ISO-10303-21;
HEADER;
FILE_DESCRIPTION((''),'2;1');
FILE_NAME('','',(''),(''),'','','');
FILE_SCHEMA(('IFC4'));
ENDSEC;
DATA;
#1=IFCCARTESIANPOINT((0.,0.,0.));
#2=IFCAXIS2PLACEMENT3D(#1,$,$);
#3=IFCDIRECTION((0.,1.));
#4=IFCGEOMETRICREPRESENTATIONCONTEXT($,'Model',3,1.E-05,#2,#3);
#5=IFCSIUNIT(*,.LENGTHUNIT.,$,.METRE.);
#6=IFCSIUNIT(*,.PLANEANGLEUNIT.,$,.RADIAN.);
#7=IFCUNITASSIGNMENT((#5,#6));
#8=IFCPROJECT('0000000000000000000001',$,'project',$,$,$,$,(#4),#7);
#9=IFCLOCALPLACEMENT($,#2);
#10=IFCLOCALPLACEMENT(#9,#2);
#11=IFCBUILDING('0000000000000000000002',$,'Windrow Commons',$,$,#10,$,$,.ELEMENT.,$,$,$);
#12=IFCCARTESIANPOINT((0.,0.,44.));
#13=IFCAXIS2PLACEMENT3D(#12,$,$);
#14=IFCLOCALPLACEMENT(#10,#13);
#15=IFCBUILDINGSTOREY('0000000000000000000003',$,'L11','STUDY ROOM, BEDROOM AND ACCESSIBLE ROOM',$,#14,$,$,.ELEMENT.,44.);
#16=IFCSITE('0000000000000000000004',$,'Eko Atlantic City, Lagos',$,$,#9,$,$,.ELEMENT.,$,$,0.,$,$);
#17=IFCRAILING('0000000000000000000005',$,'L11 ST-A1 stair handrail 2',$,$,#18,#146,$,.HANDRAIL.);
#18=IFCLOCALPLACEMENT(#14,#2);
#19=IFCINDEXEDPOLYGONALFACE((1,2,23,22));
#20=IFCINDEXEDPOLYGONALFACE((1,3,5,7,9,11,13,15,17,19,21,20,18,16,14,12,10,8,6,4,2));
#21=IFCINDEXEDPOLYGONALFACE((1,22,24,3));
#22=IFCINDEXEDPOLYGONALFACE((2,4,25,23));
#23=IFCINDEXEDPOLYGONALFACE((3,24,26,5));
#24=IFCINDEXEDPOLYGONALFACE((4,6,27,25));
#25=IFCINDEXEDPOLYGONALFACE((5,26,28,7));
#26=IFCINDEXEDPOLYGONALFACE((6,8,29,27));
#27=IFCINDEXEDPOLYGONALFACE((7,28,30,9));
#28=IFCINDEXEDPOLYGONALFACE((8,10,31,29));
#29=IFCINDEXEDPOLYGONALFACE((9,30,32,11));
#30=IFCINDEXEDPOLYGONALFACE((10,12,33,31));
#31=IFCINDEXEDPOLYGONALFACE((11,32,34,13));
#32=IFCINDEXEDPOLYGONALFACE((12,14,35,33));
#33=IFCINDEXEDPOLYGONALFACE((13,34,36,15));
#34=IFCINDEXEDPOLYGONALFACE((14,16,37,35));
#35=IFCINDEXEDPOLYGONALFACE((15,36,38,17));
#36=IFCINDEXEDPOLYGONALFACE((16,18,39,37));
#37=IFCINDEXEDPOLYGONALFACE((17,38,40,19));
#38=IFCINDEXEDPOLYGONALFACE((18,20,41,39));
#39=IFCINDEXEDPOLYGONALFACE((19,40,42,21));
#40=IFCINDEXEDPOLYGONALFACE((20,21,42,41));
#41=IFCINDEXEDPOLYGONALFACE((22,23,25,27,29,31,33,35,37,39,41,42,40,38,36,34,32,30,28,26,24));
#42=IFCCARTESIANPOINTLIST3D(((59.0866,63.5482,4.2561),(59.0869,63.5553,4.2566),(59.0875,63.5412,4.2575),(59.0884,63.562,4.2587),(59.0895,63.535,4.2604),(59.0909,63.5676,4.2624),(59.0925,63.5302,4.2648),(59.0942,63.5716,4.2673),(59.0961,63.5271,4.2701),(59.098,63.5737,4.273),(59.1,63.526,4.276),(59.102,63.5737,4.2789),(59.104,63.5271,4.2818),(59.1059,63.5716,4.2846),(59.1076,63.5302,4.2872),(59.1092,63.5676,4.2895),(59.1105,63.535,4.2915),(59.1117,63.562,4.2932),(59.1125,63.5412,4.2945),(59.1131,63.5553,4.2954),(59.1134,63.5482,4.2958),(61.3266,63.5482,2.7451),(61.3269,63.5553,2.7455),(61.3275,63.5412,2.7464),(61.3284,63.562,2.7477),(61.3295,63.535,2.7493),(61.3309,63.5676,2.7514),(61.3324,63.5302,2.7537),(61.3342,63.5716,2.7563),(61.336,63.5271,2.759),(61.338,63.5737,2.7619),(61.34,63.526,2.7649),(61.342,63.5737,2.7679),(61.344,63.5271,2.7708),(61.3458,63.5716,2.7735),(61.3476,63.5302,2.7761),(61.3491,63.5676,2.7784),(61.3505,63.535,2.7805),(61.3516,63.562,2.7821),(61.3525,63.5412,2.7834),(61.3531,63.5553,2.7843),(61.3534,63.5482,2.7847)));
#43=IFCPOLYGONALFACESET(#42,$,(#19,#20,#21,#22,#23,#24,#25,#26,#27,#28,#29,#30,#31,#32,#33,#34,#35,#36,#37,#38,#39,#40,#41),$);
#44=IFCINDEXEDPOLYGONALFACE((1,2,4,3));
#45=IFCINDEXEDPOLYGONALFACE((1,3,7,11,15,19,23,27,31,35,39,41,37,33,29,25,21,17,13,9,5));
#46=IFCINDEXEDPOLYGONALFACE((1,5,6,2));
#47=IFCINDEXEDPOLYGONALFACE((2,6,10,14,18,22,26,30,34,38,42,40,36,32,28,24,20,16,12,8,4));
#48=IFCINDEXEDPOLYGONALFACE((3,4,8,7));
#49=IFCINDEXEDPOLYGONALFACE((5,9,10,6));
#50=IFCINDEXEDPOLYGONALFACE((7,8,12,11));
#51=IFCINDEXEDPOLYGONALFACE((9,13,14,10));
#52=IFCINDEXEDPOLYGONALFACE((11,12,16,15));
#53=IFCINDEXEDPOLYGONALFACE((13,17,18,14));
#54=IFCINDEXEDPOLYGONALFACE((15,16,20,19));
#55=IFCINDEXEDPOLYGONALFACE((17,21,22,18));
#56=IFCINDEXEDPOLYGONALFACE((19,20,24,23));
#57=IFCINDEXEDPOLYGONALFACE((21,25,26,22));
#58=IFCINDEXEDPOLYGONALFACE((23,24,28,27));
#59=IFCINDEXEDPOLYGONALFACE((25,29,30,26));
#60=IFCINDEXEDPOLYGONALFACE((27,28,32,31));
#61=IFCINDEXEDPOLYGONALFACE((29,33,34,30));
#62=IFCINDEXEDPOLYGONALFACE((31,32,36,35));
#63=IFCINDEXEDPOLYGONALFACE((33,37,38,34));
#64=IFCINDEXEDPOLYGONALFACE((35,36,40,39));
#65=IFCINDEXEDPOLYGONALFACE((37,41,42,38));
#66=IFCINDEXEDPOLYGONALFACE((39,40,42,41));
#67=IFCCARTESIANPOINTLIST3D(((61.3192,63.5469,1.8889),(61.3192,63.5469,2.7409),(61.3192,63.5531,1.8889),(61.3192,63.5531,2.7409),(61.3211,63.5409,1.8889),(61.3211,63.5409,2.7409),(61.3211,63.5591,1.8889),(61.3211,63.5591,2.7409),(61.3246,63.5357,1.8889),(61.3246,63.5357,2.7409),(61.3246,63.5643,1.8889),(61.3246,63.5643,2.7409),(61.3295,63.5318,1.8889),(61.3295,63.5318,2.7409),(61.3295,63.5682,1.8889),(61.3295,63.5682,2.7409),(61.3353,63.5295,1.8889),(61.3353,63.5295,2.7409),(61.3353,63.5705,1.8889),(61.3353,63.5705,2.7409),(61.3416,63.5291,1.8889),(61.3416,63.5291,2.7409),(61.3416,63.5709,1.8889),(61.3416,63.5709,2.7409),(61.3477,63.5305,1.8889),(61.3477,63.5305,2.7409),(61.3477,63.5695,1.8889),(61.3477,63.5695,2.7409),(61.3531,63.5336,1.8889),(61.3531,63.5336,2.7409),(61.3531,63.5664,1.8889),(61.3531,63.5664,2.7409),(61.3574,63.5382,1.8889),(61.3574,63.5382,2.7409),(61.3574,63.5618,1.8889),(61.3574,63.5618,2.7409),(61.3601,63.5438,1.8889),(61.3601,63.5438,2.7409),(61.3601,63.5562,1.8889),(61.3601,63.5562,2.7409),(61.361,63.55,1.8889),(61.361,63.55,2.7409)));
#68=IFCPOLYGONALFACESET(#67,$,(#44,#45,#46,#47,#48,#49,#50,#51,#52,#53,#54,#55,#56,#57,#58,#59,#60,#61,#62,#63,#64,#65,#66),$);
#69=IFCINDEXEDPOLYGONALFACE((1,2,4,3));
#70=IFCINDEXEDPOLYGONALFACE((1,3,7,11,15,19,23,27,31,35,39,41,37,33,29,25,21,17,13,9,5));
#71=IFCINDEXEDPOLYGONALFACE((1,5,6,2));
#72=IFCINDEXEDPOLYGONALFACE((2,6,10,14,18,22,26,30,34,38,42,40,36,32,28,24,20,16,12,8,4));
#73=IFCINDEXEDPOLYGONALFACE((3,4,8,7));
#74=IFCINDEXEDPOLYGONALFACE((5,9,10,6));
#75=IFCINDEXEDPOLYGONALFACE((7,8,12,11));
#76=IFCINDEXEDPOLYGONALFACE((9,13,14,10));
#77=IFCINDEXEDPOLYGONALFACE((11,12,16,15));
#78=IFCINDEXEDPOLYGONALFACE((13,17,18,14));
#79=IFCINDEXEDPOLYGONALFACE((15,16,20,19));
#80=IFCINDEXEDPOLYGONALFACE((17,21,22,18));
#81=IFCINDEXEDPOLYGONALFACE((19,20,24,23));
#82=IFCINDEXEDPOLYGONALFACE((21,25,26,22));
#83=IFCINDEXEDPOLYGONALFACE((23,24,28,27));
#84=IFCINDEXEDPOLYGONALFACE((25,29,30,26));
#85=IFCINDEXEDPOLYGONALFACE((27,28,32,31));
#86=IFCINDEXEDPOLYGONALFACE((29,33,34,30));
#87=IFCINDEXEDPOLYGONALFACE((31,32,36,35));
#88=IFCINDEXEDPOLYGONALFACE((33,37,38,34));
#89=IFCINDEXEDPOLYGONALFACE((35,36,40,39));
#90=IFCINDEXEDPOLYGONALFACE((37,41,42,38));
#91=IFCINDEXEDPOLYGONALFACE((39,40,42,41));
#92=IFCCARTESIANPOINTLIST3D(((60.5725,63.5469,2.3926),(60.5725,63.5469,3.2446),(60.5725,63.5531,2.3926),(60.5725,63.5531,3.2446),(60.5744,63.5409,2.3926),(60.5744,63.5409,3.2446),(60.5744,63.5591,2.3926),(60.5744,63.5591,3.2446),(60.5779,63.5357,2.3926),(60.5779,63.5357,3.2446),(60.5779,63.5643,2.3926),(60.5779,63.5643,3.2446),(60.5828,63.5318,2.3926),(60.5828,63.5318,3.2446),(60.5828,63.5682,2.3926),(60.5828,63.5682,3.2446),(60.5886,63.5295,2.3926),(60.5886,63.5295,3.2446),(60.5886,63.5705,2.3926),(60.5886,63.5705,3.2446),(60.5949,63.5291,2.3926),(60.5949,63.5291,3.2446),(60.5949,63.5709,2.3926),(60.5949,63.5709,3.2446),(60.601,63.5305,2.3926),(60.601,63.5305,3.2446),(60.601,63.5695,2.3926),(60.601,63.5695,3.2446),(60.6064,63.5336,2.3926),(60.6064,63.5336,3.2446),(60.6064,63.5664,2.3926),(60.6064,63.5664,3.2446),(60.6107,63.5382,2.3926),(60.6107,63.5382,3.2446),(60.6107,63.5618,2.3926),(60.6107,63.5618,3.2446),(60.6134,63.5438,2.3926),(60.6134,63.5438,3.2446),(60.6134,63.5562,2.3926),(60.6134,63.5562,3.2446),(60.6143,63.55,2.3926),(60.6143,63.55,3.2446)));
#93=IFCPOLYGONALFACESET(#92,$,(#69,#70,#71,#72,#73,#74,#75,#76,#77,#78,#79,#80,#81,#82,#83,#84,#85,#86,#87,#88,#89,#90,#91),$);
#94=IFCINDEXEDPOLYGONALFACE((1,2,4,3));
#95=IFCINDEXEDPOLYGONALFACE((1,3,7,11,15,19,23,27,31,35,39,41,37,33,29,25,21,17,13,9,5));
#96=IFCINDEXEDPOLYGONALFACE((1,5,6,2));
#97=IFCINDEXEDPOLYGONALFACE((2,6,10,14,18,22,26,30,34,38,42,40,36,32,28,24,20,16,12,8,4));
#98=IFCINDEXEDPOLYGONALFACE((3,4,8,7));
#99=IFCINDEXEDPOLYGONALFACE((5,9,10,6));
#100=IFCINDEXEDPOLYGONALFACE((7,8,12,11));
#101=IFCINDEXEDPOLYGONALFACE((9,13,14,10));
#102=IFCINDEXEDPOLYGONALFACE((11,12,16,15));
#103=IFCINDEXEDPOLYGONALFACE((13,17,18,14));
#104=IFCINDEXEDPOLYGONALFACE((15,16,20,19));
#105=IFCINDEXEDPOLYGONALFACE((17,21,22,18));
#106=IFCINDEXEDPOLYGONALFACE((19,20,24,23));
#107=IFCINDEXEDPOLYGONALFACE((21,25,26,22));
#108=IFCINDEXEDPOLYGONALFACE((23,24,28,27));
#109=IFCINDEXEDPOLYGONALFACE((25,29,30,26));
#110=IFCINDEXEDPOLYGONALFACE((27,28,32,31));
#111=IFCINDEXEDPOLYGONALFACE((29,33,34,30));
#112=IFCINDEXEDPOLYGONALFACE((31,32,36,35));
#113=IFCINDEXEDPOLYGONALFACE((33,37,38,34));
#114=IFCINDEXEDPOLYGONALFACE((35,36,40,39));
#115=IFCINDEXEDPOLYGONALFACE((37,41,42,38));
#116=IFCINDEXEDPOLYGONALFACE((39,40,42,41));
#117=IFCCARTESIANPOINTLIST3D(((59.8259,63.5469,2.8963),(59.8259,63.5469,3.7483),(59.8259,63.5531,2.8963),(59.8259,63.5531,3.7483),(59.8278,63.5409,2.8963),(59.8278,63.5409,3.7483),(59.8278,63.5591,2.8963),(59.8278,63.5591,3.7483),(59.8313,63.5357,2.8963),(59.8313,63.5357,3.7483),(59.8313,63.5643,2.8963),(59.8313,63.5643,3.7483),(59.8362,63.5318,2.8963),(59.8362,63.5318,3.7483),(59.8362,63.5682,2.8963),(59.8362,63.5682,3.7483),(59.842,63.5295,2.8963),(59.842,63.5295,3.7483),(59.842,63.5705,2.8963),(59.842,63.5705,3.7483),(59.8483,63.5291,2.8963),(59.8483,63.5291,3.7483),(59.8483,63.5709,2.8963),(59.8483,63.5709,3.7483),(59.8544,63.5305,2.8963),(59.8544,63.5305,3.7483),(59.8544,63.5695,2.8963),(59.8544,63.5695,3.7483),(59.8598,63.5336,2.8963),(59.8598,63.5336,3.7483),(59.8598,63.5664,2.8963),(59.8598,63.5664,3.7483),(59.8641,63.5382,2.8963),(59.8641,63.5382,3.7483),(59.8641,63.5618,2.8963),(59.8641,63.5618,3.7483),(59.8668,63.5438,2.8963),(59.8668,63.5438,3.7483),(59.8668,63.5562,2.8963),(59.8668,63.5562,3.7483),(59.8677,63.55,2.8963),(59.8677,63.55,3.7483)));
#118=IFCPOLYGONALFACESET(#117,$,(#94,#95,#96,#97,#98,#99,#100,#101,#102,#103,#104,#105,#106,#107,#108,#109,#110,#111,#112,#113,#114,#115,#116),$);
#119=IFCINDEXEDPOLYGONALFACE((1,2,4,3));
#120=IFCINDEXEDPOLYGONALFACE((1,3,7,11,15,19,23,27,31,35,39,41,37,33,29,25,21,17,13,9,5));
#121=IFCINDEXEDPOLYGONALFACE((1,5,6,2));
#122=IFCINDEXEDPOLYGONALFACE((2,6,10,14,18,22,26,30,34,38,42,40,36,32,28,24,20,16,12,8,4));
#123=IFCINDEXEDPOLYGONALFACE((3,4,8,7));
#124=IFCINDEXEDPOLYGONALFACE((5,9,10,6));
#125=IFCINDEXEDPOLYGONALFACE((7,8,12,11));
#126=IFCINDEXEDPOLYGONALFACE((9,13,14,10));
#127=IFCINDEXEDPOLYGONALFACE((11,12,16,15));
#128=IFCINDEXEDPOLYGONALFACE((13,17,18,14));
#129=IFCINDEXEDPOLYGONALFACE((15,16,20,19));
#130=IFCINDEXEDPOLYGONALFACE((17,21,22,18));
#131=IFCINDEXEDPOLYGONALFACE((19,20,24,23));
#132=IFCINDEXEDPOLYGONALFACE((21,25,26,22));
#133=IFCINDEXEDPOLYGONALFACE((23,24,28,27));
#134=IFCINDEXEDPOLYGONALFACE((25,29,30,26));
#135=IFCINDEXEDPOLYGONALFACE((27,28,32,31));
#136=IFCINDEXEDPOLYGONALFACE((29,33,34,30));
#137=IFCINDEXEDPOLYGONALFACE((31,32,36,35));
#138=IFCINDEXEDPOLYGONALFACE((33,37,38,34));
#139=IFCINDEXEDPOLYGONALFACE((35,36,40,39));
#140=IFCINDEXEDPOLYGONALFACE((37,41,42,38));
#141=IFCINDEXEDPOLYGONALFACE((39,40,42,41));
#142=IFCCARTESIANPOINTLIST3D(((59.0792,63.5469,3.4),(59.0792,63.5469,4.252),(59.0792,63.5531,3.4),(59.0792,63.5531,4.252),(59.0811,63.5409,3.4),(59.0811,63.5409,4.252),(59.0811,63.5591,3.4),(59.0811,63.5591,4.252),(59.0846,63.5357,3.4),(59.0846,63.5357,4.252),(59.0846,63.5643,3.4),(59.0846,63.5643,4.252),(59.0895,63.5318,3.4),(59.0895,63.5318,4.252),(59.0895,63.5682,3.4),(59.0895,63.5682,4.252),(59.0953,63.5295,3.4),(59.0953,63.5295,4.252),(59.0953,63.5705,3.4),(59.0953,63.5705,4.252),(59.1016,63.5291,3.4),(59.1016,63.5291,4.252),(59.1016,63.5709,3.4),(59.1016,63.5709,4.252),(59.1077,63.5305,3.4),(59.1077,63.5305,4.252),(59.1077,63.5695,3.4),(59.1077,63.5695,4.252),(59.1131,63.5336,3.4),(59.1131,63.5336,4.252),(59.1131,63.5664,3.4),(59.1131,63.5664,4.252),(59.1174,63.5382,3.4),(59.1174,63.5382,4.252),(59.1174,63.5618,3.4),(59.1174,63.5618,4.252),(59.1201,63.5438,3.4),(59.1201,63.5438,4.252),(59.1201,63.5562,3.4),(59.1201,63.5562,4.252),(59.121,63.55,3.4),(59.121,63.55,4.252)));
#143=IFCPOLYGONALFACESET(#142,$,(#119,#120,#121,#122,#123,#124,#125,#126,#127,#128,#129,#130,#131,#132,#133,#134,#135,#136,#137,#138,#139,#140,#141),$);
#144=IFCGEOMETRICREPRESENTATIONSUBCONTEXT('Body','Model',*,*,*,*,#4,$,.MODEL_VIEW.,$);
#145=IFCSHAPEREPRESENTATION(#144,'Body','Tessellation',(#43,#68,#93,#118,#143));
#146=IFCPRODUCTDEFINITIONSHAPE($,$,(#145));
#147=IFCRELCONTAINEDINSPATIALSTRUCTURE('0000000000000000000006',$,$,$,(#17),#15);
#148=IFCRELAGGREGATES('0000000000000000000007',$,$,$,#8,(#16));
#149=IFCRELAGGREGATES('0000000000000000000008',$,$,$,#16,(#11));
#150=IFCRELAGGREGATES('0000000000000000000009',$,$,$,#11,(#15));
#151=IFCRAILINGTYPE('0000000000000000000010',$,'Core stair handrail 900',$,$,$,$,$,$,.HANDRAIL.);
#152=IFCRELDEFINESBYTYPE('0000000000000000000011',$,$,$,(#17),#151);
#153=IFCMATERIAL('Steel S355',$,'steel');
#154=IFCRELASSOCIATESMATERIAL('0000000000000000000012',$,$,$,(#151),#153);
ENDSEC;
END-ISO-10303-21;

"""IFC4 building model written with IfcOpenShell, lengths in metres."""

from ifc_helpers import new_model, si_unit, direction, frame, origin, origin_2d, place, context, subcontext, project, spatial, circle, extrude, material, type_object, element, save


model = new_model("IFC4")

# Units and contexts
model_context = context("Model", 3, precision=1e-05, world=origin(), true_north=direction((0.0, 1.0)))
body_context = subcontext(model_context, "Body", "Model", "MODEL_VIEW")
ifc_project = project(units=[si_unit("LENGTHUNIT", "METRE"), si_unit("PLANEANGLEUNIT", "RADIAN")], contexts=[model_context])

# Site, building, storey
site_placement = place(None, origin())
site = spatial("IfcSite", under=ifc_project, at=site_placement, Name="Eko Atlantic City, Lagos", CompositionType="ELEMENT", RefElevation=0.0)
building_placement = place(site_placement, origin())
building = spatial("IfcBuilding", under=site, at=building_placement, Name="Windrow Commons", CompositionType="ELEMENT")
storey_placement = place(building_placement, frame((0.0, 0.0, 44.0)))
storey = spatial("IfcBuildingStorey", under=building, at=storey_placement, Name="L11", Description="STUDY ROOM, BEDROOM AND ACCESSIBLE ROOM", CompositionType="ELEMENT", Elevation=44.0)

# Railing
ifc_material_1 = material(Name="Steel S355", Category="steel")
railing_type_1 = type_object("IfcRailingType", Name="Core stair handrail 900", PredefinedType="HANDRAIL", material=ifc_material_1)
for number, where, name in (
    (1, (61.34, 63.55, 1.8889), "L11 ST-A1 stair handrail 2"),
):
    element("IfcRailing", number, at=place(storey_placement, frame(where)), inside=storey, type_object=railing_type_1, Name=name, PredefinedType="HANDRAIL", context=body_context, shape_type="SweptSolid", body=[
        extrude(circle(Radius=0.024, at=origin_2d()), frame((0.0, 0.0, 0.876), z_axis=(-0.829003, 0.0, 0.559244), x_axis=(0.0, -1.0, 0.0)), (0.0, 0.0, 1.0), 2.702),
        extrude(circle(Radius=0.021, at=origin_2d()), origin(), (0.0, 0.0, 1.0), 0.852),
        extrude(circle(Radius=0.021, at=origin_2d()), frame((-0.7467, 0.0, 0.5037)), (0.0, 0.0, 1.0), 0.852),
        extrude(circle(Radius=0.021, at=origin_2d()), frame((-1.4933, 0.0, 1.0074)), (0.0, 0.0, 1.0), 0.852),
        extrude(circle(Radius=0.021, at=origin_2d()), frame((-2.24, 0.0, 1.5111)), (0.0, 0.0, 1.0), 0.852),
    ])

save(model, "model.ifc")
